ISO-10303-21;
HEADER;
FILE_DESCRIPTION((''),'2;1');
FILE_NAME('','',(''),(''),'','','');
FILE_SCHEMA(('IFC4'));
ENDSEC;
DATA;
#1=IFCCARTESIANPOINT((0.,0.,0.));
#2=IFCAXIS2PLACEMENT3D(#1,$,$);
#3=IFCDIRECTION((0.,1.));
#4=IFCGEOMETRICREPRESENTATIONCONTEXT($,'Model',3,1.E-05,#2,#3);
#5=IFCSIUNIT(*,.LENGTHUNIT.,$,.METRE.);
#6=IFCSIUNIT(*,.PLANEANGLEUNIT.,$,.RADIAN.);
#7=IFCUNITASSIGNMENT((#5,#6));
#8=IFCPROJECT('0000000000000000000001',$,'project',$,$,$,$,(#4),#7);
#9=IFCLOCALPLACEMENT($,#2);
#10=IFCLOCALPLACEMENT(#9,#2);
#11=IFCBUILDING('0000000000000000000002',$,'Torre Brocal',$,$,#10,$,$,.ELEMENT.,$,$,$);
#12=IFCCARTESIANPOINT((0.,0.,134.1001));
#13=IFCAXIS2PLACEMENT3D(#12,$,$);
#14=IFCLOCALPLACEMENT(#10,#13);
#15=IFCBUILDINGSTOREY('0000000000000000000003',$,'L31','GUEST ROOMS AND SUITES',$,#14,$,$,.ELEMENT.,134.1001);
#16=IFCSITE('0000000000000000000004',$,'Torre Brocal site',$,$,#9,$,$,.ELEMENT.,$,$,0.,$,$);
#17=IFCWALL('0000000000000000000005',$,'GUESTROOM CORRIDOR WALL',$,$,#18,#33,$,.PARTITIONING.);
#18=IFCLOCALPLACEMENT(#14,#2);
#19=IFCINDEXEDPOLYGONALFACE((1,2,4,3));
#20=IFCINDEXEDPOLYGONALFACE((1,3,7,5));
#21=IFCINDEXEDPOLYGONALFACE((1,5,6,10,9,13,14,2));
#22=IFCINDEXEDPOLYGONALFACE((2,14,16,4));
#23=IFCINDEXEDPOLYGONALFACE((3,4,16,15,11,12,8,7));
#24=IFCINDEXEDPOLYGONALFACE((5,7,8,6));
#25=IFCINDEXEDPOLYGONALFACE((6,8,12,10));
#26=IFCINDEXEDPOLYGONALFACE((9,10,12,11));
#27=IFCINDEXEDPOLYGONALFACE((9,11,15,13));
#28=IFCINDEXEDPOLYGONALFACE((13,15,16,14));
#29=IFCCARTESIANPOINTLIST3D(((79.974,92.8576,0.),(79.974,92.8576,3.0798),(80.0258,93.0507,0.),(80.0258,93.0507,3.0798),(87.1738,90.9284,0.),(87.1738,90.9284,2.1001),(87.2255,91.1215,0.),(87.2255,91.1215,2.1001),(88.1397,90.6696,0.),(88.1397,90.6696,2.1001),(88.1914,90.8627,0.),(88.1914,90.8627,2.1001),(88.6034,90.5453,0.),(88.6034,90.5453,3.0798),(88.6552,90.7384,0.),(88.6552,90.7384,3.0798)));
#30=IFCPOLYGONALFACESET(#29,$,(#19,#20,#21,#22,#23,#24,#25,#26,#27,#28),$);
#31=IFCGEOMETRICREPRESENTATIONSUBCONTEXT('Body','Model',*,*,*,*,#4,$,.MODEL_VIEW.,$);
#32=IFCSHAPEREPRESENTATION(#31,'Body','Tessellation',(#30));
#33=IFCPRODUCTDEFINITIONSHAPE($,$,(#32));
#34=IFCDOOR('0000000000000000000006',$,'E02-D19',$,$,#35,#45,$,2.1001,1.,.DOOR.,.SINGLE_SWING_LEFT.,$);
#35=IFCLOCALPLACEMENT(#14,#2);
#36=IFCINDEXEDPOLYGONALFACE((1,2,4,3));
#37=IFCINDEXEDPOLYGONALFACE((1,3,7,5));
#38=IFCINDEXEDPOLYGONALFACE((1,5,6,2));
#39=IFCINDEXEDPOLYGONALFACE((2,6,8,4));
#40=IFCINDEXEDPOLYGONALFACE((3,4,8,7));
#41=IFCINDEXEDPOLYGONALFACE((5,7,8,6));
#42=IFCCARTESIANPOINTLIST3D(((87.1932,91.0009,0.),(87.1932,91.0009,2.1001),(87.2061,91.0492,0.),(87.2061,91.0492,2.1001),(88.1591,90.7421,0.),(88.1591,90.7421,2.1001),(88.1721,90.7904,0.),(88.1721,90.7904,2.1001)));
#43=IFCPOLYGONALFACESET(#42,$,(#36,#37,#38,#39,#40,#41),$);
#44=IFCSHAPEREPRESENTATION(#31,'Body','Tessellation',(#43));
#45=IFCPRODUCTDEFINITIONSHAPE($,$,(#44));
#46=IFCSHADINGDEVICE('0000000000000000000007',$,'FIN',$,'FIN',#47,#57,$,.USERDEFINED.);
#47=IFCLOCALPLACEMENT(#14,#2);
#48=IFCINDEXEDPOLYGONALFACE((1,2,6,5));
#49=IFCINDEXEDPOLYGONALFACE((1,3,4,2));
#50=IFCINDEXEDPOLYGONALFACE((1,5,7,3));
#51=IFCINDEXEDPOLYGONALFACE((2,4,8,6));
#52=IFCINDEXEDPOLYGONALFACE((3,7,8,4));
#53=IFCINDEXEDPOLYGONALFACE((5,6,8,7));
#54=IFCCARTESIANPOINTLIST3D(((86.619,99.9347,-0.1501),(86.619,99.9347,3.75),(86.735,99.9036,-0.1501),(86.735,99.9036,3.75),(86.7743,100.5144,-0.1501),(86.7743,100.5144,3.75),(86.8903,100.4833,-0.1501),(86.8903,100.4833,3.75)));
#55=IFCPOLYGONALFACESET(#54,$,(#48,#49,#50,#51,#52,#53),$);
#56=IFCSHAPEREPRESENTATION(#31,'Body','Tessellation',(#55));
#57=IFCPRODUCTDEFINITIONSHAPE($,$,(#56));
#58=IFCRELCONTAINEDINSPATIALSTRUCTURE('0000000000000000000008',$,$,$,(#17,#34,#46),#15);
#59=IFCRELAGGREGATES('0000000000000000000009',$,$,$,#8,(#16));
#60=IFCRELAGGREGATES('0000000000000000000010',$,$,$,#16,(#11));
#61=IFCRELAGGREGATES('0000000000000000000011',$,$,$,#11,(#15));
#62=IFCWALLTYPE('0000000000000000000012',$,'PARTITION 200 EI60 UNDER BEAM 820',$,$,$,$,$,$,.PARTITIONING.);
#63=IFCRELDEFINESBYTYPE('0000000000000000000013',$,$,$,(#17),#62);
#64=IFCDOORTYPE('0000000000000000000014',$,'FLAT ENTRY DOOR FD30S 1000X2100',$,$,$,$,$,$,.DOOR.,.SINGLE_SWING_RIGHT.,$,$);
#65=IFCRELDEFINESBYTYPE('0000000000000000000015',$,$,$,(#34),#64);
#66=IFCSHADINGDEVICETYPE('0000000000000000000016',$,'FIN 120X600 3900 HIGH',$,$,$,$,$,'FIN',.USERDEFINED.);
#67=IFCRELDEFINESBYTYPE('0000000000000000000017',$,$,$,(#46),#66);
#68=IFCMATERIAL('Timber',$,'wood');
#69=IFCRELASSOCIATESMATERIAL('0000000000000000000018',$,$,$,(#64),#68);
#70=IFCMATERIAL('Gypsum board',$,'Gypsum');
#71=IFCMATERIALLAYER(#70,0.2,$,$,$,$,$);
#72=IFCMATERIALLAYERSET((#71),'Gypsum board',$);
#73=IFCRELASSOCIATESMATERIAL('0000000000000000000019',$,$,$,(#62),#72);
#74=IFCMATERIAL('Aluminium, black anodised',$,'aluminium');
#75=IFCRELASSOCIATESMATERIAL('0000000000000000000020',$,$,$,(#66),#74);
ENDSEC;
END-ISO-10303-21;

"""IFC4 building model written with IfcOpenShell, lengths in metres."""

from ifc_helpers import new_model, si_unit, direction, frame, frame_2d, origin, origin_2d, place, context, subcontext, project, spatial, rectangle, extrude, material, layer, layer_set, material_profile, profile_set, type_object, element, fill, save


model = new_model("IFC4")

# Units and contexts
model_context = context("Model", 3, precision=1e-05, world=origin(), true_north=direction((0.0, 1.0)))
body_context = subcontext(model_context, "Body", "Model", "MODEL_VIEW")
ifc_project = project(units=[si_unit("LENGTHUNIT", "METRE"), si_unit("PLANEANGLEUNIT", "RADIAN")], contexts=[model_context])

# Site, building, storey
site_placement = place(None, origin())
site = spatial("IfcSite", under=ifc_project, at=site_placement, Name="Torre Brocal site", CompositionType="ELEMENT", RefElevation=0.0)
building_placement = place(site_placement, origin())
building = spatial("IfcBuilding", under=site, at=building_placement, Name="Torre Brocal", CompositionType="ELEMENT")
storey_placement = place(building_placement, frame((0.0, 0.0, 134.1001)))
storey = spatial("IfcBuildingStorey", under=building, at=storey_placement, Name="L31", Description="GUEST ROOMS AND SUITES", CompositionType="ELEMENT", Elevation=134.1001)

# Shared definitions
ifc_material_1 = material(Name="Timber", Category="wood")
door_type_1 = type_object("IfcDoorType", Name="FLAT ENTRY DOOR FD30S 1000X2100", OperationType="SINGLE_SWING_RIGHT", PredefinedType="DOOR", material=ifc_material_1)

# Wall, opening, door
ifc_material_2 = material(Name="Gypsum board", Category="Gypsum")
ifc_layer_1 = layer(ifc_material_2, 0.2)
ifc_layer_set_1 = layer_set([ifc_layer_1], Name="Gypsum board")
wall_type_1 = type_object("IfcWallType", Name="PARTITION 200 EI60 UNDER BEAM 820", PredefinedType="PARTITIONING", material=ifc_layer_set_1)
wall_1_placement = place(storey_placement, frame((80.0, 92.9541, 0.0), z_axis=(0.0, 0.0, 1.0), x_axis=(0.965925, -0.258821, 0.0)))
wall_1 = element("IfcWall", 1, at=wall_1_placement, inside=storey, type_object=wall_type_1, Name="GUESTROOM CORRIDOR WALL", PredefinedType="PARTITIONING", context=body_context, shape_type="SweptSolid", body=[
    extrude(rectangle(XDim=8.9338, YDim=0.2, at=frame_2d((4.4668, 0.0))), origin(), (0.0, 0.0, 1.0), 3.0798),
])
opening_1_placement = place(wall_1_placement, frame((7.4536, 0.0, 0.0)))
opening_1 = element("IfcOpeningElement", 2, at=opening_1_placement, cuts=wall_1, PredefinedType="OPENING", context=body_context, shape_type="SweptSolid", body=[
    extrude(rectangle(XDim=1.0, YDim=2.1001, at=frame_2d((0.5, 1.05))), frame((0.0, 0.1099, 0.0), z_axis=(0.0, -1.0, 0.0), x_axis=(1.0, 0.0, 0.0)), (0.0, 0.0, 1.0), 0.22),
])
door_1_placement = place(opening_1_placement, frame((1.0, 0.0, 0.0), z_axis=(0.0, 0.0, 1.0), x_axis=(-1.0, 0.0, 0.0)))
door_1 = element("IfcDoor", 3, at=door_1_placement, inside=storey, type_object=door_type_1, Name="E02-D19", OperationType="SINGLE_SWING_LEFT", OverallHeight=2.1001, OverallWidth=1.0, PredefinedType="DOOR", context=body_context, shape_type="SweptSolid", body=[
    extrude(rectangle(XDim=1.0, YDim=2.1001, at=frame_2d((0.5, 1.05))), frame((0.0, 0.0249, 0.0), z_axis=(0.0, -1.0, 0.0), x_axis=(1.0, 0.0, 0.0)), (0.0, 0.0, 1.0), 0.05),
])
fill(opening_1, door_1)

# Shading device
ifc_material_3 = material(Name="Aluminium, black anodised", Category="aluminium")
ifc_material_profile_1 = material_profile(ifc_material_3, rectangle(XDim=0.1201, YDim=0.6001, at=origin_2d()), Name="FIN 120X600 3900 HIGH")
ifc_profile_set_1 = profile_set([ifc_material_profile_1], Name="Aluminium, black anodised")
shading_device_type = type_object("IfcShadingDeviceType", Name="FIN 120X600 3900 HIGH", ElementType="FIN", PredefinedType="USERDEFINED", material=ifc_profile_set_1)
shading_device_placement = place(storey_placement, frame((86.7546, 100.209, -0.1501), z_axis=(0.0, 0.0, 1.0), x_axis=(-0.965926, 0.258819, 0.0)))
element("IfcShadingDevice", 4, at=shading_device_placement, inside=storey, type_object=shading_device_type, Name="FIN", ObjectType="FIN", PredefinedType="USERDEFINED", context=body_context, shape_type="SweptSolid", body=[
    extrude(rectangle(XDim=0.1201, YDim=0.6001, at=origin_2d()), origin(), (0.0, 0.0, 1.0), 3.9001),
])

save(model, "model.ifc")
